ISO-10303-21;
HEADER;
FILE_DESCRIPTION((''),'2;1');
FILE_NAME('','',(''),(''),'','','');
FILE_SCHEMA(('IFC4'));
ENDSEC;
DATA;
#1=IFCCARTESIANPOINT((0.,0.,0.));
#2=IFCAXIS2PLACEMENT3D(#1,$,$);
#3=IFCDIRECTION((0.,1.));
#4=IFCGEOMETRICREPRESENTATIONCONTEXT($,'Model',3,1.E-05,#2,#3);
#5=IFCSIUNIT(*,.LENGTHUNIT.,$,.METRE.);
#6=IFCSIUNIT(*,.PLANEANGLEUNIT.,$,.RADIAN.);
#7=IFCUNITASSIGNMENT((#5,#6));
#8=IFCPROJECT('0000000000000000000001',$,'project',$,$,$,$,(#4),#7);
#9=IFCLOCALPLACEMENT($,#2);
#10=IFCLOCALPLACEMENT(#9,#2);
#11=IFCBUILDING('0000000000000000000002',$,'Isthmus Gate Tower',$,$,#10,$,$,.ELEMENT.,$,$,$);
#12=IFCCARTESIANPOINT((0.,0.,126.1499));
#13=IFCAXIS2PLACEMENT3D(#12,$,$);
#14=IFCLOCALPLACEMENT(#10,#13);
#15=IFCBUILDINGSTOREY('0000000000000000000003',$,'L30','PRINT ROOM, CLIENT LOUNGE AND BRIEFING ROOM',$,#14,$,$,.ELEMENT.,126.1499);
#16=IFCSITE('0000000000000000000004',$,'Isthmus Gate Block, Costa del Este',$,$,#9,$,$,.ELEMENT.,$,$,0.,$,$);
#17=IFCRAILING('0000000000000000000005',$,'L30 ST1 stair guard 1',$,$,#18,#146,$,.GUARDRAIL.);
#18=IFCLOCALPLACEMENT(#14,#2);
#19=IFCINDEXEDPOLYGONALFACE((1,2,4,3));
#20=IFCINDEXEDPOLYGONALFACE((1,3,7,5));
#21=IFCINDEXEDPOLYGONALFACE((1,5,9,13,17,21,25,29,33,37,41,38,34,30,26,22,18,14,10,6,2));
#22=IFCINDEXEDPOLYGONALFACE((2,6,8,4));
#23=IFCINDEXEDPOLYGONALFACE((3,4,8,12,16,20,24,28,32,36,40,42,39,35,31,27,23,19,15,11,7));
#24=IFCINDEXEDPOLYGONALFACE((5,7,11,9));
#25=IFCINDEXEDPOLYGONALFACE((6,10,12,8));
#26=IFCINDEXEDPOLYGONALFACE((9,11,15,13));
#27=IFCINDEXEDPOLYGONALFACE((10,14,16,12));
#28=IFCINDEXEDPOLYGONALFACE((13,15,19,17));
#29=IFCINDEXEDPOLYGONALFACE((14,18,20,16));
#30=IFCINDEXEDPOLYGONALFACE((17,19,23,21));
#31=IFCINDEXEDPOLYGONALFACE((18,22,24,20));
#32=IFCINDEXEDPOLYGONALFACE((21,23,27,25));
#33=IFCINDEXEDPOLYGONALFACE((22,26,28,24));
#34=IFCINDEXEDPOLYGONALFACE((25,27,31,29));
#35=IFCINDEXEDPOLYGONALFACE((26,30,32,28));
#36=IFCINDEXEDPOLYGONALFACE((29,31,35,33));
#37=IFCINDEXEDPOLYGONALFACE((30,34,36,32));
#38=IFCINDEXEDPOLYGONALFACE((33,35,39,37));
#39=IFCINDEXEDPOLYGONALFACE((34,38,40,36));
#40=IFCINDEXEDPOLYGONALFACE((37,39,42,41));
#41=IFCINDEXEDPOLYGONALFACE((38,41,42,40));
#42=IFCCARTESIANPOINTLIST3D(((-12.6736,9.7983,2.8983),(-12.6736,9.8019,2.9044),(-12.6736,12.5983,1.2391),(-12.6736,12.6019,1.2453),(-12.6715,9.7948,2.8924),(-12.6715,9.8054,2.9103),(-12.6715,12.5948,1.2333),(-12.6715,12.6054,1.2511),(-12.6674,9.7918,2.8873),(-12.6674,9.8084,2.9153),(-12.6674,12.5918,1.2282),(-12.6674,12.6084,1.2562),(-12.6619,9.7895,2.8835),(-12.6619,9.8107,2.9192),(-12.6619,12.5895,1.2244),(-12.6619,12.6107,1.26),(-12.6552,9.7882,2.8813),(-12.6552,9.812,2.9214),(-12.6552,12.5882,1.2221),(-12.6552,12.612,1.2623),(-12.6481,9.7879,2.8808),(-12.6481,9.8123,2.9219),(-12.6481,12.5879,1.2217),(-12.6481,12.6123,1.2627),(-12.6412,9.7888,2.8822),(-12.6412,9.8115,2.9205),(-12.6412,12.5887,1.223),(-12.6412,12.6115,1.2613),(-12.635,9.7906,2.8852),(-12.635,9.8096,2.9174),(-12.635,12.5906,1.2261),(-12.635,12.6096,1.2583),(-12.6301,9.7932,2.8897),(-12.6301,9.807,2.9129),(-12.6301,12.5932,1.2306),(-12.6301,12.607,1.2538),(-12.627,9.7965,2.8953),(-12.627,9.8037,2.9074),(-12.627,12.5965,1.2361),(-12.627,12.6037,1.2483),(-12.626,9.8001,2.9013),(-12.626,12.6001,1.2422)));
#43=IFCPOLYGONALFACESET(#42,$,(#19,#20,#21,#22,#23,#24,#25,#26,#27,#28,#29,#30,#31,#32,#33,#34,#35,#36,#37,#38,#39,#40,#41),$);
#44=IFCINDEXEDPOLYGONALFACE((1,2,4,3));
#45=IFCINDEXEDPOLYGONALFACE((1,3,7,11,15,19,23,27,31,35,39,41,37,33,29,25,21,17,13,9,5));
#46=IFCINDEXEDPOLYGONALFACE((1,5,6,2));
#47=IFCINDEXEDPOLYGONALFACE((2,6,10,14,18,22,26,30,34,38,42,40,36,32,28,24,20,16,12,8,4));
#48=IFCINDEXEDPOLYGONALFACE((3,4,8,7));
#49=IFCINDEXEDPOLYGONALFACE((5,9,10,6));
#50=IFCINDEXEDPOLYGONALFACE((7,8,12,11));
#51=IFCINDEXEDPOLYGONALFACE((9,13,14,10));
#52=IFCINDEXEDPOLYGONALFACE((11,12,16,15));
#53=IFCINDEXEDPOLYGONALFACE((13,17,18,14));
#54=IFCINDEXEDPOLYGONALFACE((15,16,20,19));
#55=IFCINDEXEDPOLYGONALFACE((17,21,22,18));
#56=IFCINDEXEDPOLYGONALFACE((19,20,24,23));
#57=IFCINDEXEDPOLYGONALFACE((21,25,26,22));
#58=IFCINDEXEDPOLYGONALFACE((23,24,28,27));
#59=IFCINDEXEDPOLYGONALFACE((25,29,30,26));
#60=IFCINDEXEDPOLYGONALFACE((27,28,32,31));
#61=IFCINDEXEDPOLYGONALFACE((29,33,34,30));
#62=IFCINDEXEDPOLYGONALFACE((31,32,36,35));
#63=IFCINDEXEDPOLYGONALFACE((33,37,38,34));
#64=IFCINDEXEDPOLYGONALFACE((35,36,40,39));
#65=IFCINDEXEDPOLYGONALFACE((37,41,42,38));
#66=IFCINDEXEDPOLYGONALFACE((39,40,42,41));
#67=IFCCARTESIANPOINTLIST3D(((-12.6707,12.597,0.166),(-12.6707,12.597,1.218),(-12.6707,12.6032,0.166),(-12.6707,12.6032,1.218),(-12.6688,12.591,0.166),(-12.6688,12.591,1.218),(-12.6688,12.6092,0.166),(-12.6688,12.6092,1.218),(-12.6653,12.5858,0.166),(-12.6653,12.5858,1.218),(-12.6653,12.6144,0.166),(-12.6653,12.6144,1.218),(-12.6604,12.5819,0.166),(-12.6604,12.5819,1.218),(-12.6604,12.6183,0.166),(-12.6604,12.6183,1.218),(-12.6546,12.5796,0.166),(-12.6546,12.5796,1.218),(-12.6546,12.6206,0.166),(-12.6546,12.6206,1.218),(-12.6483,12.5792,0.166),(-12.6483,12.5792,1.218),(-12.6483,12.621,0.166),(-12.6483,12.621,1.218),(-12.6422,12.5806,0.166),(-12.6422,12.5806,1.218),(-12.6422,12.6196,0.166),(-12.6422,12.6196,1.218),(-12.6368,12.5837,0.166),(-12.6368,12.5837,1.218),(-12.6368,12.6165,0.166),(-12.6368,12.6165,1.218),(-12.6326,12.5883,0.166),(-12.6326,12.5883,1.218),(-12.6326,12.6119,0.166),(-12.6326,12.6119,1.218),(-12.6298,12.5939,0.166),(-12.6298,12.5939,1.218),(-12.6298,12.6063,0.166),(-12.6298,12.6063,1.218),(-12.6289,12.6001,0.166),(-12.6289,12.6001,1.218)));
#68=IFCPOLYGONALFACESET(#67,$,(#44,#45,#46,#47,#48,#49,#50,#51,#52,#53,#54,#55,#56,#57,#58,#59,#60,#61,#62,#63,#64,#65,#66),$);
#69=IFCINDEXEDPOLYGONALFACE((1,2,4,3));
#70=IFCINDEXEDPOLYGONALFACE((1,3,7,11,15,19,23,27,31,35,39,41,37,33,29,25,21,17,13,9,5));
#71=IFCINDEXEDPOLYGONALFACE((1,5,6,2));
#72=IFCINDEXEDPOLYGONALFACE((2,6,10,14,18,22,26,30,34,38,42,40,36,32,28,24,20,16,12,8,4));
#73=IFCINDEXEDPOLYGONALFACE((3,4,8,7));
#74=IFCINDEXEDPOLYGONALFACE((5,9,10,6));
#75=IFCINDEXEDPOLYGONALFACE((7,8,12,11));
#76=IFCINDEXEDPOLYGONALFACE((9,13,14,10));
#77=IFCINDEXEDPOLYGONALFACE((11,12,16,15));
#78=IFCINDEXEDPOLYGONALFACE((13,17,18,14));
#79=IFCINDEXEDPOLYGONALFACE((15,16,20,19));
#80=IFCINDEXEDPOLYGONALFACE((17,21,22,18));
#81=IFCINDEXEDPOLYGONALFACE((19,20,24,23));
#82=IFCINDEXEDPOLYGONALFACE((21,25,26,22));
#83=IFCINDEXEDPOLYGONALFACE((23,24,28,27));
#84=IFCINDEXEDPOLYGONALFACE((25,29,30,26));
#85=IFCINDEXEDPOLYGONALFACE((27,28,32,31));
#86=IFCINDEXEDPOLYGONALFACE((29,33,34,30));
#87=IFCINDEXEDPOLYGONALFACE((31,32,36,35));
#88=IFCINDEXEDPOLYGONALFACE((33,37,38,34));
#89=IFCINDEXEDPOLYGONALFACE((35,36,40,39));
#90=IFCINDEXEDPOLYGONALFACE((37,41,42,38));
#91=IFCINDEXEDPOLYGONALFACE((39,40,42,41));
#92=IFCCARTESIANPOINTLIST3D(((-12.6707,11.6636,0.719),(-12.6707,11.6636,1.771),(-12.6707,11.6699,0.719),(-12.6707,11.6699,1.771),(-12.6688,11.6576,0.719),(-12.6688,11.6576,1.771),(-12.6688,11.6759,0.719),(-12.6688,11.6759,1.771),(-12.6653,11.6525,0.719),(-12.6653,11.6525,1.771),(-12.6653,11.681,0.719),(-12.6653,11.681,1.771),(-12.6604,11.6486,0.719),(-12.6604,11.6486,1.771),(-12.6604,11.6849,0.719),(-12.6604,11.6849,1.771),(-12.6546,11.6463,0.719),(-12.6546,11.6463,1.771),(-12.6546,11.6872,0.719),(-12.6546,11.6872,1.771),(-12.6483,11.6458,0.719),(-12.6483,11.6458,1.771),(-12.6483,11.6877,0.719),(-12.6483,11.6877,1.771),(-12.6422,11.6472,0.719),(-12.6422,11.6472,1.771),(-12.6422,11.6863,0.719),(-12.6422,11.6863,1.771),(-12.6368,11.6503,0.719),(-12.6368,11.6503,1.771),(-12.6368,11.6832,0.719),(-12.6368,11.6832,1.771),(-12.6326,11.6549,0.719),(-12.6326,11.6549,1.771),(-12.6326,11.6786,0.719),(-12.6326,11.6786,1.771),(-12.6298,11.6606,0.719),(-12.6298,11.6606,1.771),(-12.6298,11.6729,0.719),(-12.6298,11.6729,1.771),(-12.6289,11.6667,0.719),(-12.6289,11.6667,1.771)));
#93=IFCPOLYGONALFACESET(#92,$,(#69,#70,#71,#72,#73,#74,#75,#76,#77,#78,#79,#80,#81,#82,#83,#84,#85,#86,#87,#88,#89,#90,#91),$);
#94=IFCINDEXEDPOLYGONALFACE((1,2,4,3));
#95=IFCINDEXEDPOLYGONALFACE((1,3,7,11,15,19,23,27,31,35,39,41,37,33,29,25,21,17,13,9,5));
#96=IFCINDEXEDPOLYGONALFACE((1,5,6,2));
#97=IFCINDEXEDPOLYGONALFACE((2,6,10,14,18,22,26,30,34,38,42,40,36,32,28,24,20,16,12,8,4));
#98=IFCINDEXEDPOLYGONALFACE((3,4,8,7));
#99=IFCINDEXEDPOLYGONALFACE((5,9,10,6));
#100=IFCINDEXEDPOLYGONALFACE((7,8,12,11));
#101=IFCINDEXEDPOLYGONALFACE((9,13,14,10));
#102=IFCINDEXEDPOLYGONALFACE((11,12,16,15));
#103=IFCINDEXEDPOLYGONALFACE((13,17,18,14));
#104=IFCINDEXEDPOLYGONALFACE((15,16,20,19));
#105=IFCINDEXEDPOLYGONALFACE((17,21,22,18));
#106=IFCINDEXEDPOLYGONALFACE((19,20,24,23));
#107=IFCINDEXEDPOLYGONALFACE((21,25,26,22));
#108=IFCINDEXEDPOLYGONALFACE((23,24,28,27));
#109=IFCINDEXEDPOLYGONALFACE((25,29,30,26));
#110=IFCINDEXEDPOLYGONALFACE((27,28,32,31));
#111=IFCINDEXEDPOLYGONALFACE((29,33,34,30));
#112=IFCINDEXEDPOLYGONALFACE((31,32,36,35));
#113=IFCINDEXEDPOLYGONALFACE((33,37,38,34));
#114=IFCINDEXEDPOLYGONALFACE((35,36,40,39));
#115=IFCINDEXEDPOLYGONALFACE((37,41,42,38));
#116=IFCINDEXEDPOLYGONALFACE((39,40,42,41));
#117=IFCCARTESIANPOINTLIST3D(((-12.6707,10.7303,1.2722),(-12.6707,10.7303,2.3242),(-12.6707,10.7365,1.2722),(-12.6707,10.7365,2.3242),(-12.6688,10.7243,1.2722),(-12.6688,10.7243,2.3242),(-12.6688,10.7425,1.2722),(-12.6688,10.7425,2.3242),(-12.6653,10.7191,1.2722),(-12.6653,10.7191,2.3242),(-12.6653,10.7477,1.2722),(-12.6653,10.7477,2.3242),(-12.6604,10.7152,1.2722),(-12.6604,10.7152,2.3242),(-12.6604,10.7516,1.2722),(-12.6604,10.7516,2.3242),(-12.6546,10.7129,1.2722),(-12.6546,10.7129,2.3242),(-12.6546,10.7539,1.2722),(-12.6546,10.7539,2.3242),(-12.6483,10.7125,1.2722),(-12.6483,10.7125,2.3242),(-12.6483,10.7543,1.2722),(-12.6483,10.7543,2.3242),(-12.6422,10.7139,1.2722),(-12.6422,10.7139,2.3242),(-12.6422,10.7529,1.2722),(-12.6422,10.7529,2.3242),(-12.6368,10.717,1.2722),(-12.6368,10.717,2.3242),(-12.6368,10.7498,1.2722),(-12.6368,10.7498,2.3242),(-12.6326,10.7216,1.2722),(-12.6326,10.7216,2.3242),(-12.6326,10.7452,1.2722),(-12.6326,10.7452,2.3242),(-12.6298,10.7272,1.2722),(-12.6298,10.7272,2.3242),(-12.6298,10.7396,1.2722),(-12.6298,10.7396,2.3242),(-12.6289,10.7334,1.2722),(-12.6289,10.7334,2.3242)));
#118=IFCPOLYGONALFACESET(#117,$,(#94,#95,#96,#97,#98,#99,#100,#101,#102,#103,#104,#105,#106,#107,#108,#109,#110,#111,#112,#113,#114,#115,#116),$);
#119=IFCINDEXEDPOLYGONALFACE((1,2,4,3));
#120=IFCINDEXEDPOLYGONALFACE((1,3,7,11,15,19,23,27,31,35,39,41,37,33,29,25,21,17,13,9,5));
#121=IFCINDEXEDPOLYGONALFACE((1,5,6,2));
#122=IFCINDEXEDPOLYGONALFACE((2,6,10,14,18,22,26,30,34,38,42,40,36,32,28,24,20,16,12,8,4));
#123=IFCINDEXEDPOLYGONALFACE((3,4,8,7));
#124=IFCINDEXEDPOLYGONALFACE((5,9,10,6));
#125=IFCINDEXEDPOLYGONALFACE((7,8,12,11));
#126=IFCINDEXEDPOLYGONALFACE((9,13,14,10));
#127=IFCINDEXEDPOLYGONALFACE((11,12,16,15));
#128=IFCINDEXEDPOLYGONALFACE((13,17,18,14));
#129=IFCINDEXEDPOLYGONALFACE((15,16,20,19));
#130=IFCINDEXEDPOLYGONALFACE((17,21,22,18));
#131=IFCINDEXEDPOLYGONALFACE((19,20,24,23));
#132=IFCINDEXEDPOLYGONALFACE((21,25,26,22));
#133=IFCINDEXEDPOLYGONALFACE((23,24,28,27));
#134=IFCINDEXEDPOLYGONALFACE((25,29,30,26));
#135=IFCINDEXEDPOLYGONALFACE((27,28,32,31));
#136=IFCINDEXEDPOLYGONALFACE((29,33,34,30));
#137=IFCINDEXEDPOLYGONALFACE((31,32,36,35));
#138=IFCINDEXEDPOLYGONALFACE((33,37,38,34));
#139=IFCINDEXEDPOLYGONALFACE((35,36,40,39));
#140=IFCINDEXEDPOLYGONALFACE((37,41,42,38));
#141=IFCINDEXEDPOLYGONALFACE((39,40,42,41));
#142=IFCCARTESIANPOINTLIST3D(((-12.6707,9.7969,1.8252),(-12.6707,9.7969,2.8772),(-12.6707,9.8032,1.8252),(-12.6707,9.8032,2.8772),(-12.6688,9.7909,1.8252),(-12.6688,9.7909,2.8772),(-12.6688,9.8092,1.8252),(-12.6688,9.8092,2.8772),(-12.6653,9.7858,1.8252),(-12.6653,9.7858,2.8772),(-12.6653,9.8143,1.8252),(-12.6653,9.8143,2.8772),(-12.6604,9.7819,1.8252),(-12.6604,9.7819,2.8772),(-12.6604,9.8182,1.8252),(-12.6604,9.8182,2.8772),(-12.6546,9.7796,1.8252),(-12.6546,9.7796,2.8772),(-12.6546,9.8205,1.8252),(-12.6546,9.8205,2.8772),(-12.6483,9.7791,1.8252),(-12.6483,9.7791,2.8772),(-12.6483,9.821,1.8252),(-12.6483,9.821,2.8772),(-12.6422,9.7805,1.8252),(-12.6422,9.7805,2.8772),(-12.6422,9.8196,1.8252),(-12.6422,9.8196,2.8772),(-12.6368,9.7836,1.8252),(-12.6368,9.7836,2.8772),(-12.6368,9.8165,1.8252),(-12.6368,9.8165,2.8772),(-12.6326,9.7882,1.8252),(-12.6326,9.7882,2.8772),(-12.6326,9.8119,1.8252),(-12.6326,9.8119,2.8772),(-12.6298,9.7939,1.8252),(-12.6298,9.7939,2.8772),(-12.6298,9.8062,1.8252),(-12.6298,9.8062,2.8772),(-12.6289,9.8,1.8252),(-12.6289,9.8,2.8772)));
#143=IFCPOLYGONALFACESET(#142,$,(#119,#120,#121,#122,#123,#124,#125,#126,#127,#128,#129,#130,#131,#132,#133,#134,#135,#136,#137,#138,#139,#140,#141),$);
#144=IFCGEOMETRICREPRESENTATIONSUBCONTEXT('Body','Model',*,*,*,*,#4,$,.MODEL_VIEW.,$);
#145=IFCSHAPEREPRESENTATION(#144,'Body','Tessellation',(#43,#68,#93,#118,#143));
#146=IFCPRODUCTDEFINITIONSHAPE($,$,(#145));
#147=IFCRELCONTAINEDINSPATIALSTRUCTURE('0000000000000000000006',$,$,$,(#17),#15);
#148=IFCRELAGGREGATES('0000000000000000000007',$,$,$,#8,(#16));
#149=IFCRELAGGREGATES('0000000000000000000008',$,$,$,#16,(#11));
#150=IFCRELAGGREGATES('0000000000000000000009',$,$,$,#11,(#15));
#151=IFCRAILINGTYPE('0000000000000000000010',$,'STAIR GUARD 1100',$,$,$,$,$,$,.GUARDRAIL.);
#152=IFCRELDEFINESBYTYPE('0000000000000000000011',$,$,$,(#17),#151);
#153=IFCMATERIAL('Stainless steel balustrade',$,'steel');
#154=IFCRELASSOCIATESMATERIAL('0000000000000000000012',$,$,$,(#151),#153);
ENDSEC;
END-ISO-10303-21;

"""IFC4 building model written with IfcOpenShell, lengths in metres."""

from ifc_helpers import new_model, si_unit, direction, frame, origin, origin_2d, place, context, subcontext, project, spatial, circle, extrude, material, type_object, element, save


model = new_model("IFC4")

# Units and contexts
model_context = context("Model", 3, precision=1e-05, world=origin(), true_north=direction((0.0, 1.0)))
body_context = subcontext(model_context, "Body", "Model", "MODEL_VIEW")
ifc_project = project(units=[si_unit("LENGTHUNIT", "METRE"), si_unit("PLANEANGLEUNIT", "RADIAN")], contexts=[model_context])

# Site, building, storey
site_placement = place(None, origin())
site = spatial("IfcSite", under=ifc_project, at=site_placement, Name="Isthmus Gate Block, Costa del Este", CompositionType="ELEMENT", RefElevation=0.0)
building_placement = place(site_placement, origin())
building = spatial("IfcBuilding", under=site, at=building_placement, Name="Isthmus Gate Tower", CompositionType="ELEMENT")
storey_placement = place(building_placement, frame((0.0, 0.0, 126.1499)))
storey = spatial("IfcBuildingStorey", under=building, at=storey_placement, Name="L30", Description="PRINT ROOM, CLIENT LOUNGE AND BRIEFING ROOM", CompositionType="ELEMENT", Elevation=126.1499)

# Railing
ifc_material_1 = material(Name="Stainless steel balustrade", Category="steel")
railing_type_1 = type_object("IfcRailingType", Name="STAIR GUARD 1100", PredefinedType="GUARDRAIL", material=ifc_material_1)
railing_1_placement = place(storey_placement, frame((-12.6499, 12.6001, 0.166)))
element("IfcRailing", 1, at=railing_1_placement, inside=storey, type_object=railing_type_1, Name="L30 ST1 stair guard 1", PredefinedType="GUARDRAIL", context=body_context, shape_type="SweptSolid", body=[
    extrude(circle(Radius=0.0239, at=origin_2d()), frame((0.0, 0.0, 1.0762), z_axis=(0.0, -0.860306, 0.509778), x_axis=(1.0, 0.0, 0.0)), (0.0, 0.0, 1.0), 3.2546),
    extrude(circle(Radius=0.021, at=origin_2d()), origin(), (0.0, 0.0, 1.0), 1.052),
    extrude(circle(Radius=0.021, at=origin_2d()), frame((0.0, -0.9333, 0.553)), (0.0, 0.0, 1.0), 1.052),
    extrude(circle(Radius=0.021, at=origin_2d()), frame((0.0, -1.8667, 1.1062)), (0.0, 0.0, 1.0), 1.052),
    extrude(circle(Radius=0.021, at=origin_2d()), frame((0.0, -2.8, 1.6592)), (0.0, 0.0, 1.0), 1.052),
])

save(model, "model.ifc")
